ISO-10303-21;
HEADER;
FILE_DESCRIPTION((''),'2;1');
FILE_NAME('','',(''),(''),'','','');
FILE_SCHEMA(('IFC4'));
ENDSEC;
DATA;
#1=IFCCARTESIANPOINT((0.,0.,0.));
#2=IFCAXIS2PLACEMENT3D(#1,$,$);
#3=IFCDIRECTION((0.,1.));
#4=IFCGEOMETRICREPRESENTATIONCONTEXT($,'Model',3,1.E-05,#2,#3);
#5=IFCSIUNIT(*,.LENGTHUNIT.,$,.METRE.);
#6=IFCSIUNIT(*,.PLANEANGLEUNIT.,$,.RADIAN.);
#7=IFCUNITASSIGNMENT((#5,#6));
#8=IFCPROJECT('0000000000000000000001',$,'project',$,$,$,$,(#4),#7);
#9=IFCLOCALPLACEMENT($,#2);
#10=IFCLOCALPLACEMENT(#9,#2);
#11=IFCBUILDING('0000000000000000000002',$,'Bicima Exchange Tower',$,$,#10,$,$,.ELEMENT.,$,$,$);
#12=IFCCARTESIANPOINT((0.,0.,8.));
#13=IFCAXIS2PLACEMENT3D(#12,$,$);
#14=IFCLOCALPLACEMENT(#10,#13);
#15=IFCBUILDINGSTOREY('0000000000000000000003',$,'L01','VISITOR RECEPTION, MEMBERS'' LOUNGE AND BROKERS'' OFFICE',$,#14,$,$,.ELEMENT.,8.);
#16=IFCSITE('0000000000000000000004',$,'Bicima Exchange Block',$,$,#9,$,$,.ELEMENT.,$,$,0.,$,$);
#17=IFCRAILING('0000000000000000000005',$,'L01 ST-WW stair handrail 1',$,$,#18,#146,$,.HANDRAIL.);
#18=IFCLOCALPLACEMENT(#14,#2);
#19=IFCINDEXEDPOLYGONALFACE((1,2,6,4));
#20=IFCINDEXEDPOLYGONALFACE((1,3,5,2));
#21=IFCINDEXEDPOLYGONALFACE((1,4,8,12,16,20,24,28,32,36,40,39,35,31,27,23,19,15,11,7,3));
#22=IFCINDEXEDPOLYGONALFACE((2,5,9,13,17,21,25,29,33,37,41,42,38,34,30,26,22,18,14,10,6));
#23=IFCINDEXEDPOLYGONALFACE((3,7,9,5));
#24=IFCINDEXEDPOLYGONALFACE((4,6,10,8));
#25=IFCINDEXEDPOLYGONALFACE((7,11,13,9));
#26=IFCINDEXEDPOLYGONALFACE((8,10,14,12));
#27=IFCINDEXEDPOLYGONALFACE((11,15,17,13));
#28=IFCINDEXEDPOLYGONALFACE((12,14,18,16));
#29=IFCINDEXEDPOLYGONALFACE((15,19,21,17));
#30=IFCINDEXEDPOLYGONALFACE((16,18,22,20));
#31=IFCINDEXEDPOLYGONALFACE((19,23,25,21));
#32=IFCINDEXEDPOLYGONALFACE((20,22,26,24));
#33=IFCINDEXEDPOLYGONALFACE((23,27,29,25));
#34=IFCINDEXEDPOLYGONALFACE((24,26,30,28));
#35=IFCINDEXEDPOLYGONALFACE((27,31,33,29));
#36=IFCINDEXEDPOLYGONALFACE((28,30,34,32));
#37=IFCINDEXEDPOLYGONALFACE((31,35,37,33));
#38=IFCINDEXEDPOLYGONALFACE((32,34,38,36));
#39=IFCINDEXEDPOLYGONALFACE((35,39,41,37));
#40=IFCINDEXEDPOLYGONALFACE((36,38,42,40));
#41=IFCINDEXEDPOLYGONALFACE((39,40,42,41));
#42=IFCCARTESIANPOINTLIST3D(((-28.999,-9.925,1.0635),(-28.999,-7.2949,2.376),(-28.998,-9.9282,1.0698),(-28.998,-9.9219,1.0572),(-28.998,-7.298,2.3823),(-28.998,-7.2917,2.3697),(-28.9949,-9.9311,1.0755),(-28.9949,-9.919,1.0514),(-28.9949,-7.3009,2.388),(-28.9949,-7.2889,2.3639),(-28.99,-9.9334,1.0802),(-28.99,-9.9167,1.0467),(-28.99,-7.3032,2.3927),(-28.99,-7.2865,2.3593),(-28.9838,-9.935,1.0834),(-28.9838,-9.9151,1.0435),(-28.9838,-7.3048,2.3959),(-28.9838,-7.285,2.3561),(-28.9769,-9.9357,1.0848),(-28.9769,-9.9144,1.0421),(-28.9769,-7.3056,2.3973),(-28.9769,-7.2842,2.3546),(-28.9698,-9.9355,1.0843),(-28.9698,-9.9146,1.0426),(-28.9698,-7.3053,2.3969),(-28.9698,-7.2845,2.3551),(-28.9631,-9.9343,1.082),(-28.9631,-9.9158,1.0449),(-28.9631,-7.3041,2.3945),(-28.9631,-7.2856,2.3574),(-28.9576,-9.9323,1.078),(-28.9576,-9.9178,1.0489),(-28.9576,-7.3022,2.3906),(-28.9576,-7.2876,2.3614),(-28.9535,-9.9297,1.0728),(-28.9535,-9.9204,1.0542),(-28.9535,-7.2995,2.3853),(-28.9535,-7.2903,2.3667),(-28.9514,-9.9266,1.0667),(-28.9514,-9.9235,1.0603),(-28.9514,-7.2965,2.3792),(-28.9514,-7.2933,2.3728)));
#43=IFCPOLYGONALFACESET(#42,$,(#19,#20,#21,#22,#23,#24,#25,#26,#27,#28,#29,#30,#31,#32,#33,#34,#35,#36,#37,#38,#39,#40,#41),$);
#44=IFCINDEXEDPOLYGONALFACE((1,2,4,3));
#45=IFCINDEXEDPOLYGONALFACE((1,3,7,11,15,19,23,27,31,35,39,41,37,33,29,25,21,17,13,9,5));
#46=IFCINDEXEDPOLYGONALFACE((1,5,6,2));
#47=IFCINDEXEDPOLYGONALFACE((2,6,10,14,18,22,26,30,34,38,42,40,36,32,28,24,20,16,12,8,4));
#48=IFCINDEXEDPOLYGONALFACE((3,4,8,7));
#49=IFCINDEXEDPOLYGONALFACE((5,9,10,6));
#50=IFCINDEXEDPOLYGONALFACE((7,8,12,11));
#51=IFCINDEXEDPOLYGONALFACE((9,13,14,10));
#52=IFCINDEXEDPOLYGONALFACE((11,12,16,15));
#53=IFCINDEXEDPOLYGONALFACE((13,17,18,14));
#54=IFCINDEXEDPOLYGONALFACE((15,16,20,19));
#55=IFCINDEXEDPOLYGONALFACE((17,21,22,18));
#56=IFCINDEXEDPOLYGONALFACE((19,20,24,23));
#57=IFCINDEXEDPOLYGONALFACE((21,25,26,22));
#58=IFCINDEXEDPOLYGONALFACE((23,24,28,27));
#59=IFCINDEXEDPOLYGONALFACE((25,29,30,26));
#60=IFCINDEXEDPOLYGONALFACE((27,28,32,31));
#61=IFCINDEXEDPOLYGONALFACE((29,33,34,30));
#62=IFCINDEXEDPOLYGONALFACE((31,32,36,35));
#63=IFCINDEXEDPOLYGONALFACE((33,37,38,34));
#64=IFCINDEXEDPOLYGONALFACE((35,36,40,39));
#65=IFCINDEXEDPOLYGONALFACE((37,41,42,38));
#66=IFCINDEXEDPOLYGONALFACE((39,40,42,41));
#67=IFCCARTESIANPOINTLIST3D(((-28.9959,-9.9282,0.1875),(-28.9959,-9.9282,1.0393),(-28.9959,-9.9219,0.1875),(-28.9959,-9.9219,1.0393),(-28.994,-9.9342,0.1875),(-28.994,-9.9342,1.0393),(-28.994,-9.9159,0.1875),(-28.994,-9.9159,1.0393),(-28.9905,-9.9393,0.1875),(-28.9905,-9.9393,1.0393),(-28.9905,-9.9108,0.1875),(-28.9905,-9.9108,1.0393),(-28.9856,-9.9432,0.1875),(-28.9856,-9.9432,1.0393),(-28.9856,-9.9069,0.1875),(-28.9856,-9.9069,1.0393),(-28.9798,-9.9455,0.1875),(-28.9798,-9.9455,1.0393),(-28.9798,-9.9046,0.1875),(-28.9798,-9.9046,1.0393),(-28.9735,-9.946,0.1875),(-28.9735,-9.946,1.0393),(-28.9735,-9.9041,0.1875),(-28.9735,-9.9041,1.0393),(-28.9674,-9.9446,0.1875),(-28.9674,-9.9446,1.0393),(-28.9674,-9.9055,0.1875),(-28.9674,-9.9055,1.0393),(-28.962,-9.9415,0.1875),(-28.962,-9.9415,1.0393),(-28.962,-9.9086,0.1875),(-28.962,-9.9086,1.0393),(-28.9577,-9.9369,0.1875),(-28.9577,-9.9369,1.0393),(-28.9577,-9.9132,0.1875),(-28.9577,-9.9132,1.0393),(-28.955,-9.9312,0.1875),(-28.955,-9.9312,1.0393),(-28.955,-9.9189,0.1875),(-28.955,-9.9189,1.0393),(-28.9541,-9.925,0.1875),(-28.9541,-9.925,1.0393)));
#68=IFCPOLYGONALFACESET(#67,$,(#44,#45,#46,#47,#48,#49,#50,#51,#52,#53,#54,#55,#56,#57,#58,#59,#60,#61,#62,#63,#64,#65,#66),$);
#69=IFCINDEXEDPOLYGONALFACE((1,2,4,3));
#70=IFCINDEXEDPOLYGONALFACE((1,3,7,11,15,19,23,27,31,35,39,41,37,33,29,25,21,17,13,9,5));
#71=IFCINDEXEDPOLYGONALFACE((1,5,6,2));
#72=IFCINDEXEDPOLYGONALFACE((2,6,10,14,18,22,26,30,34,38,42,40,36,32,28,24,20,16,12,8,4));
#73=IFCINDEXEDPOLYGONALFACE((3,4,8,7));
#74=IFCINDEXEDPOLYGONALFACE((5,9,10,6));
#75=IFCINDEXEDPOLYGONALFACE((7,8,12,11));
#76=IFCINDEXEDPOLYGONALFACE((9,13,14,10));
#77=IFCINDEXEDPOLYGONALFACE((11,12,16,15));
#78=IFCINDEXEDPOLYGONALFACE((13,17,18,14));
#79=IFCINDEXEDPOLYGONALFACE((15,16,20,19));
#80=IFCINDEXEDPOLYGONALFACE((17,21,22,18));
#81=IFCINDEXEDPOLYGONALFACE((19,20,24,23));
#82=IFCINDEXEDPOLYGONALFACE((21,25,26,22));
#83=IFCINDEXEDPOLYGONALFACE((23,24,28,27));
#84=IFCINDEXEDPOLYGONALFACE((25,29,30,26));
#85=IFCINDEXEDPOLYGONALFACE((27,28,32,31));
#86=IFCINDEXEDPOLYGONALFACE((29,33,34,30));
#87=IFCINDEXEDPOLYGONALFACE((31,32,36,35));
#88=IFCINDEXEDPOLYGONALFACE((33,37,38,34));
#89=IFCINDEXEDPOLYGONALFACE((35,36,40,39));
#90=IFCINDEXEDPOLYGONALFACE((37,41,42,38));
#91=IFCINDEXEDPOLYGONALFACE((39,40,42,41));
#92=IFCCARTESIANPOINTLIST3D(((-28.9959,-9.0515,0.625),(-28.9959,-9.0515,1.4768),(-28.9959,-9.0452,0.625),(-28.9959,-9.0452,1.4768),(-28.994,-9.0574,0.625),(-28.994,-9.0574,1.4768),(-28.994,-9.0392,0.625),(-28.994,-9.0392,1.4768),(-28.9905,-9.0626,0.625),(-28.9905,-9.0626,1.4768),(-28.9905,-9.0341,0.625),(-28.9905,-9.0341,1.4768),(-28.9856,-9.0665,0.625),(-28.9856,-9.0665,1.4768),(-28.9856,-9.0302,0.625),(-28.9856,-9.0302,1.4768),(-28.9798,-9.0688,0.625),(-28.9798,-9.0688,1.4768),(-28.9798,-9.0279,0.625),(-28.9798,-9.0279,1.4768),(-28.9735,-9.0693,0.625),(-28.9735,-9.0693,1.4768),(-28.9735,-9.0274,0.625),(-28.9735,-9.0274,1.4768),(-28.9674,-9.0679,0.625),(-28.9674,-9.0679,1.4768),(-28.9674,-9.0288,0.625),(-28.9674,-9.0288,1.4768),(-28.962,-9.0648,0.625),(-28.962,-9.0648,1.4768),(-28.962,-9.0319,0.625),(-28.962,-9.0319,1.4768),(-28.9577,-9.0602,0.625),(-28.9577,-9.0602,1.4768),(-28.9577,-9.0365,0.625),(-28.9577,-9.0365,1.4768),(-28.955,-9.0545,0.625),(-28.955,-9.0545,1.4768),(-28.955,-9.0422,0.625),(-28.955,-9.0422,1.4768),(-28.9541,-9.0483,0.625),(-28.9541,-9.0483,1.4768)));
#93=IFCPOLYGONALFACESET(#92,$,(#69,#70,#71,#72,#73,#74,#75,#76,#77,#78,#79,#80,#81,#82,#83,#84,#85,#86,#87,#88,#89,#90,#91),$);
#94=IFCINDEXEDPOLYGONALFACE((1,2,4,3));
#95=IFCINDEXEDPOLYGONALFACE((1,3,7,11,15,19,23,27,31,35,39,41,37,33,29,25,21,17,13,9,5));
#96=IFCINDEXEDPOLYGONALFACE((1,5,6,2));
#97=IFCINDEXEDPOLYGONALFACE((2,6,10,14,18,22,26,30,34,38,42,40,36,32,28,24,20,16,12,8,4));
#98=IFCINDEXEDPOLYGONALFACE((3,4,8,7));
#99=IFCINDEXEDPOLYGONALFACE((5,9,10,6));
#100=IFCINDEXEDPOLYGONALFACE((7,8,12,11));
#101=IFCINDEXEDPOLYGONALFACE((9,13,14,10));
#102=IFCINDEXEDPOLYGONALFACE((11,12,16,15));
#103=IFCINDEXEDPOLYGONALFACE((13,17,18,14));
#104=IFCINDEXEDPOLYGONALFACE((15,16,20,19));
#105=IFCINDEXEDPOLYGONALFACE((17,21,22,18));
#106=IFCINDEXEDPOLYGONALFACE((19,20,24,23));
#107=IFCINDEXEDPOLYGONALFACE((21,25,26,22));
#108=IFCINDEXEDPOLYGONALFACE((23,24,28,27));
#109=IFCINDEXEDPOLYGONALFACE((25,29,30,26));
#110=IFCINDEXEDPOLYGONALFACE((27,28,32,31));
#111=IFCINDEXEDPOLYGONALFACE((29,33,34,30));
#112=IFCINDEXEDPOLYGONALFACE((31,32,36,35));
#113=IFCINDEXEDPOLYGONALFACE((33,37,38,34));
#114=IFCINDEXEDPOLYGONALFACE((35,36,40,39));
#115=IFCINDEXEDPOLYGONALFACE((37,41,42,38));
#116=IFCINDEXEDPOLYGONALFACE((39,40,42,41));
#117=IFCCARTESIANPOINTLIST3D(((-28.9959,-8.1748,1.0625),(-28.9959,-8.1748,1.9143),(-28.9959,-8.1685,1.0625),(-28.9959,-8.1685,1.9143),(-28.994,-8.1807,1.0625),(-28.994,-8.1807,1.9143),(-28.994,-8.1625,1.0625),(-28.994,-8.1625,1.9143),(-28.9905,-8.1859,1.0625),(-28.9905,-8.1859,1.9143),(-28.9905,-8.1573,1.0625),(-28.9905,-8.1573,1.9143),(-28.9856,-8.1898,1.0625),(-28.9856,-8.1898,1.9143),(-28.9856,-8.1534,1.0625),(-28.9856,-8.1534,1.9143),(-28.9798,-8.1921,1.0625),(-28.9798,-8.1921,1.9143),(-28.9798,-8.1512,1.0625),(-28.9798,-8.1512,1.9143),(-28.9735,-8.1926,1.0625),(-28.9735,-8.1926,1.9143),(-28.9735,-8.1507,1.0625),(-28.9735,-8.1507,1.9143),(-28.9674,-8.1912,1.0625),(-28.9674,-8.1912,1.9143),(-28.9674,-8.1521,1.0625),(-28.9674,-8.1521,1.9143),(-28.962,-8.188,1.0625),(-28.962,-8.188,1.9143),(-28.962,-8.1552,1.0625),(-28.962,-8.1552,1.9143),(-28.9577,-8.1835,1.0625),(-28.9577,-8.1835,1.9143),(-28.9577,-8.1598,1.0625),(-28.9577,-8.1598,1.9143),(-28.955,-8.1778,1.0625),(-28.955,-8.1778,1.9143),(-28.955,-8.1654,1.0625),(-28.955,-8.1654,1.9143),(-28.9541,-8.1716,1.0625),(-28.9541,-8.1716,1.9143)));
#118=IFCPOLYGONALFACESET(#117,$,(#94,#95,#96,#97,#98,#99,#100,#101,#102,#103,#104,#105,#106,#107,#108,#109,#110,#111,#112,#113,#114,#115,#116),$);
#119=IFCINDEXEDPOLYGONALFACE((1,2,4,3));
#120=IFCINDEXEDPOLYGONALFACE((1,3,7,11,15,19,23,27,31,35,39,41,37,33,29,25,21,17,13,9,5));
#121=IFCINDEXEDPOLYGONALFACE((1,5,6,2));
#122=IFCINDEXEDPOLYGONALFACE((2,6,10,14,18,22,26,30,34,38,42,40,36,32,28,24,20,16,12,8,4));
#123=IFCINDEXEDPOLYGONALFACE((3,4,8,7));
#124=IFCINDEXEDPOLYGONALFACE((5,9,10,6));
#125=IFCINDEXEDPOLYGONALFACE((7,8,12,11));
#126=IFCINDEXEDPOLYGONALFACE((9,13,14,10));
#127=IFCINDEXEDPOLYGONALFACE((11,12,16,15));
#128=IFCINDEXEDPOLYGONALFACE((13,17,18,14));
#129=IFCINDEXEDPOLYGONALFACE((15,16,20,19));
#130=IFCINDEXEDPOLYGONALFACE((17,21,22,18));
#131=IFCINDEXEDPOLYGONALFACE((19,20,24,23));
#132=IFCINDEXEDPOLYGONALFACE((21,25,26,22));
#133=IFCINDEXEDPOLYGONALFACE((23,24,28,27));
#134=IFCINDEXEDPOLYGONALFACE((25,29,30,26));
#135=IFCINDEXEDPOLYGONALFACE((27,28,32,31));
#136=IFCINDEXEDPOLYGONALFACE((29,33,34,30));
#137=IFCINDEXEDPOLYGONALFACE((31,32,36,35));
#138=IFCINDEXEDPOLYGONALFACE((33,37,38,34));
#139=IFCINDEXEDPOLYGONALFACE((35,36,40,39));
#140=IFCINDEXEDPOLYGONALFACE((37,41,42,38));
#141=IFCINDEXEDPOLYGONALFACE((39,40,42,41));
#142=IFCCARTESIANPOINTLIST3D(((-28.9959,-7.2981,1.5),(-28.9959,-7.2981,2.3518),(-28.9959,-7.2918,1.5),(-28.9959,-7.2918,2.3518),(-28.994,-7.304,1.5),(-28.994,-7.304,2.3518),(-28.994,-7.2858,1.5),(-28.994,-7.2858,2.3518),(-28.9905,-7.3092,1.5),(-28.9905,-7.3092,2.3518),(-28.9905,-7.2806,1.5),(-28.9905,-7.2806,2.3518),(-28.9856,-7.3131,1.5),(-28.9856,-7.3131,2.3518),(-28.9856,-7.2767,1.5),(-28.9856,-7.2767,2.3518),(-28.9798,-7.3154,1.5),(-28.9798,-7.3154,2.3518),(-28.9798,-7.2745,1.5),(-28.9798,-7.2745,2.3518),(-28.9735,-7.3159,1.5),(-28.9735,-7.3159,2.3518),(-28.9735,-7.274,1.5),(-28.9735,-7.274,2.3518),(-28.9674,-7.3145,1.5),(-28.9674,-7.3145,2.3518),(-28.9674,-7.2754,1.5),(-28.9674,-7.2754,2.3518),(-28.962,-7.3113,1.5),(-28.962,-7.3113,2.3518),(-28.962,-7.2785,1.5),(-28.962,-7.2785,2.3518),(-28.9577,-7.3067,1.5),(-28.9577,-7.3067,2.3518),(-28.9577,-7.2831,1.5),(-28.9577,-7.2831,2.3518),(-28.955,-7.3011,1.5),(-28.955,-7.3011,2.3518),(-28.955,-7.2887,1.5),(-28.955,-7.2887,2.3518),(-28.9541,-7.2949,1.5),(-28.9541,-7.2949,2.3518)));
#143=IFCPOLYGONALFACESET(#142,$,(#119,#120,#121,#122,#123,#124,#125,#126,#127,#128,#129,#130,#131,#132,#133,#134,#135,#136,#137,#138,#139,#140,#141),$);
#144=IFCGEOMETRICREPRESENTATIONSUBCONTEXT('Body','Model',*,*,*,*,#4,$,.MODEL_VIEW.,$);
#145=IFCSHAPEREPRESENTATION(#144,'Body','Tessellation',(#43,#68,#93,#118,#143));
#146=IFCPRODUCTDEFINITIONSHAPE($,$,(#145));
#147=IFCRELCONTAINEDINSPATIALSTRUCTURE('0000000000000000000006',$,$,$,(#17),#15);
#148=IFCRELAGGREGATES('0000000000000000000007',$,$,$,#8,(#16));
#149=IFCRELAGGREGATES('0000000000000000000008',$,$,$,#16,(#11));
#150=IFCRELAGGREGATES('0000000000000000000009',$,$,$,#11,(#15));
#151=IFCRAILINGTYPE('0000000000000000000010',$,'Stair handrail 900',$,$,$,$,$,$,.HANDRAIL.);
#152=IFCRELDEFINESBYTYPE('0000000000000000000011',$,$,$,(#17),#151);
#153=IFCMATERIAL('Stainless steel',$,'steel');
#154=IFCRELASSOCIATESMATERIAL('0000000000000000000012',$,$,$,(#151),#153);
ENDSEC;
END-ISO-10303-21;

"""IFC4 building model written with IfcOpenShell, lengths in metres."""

from ifc_helpers import new_model, si_unit, direction, frame, origin, origin_2d, place, context, subcontext, project, spatial, circle, extrude, material, type_object, element, save


model = new_model("IFC4")

# Units and contexts
model_context = context("Model", 3, precision=1e-05, world=origin(), true_north=direction((0.0, 1.0)))
body_context = subcontext(model_context, "Body", "Model", "MODEL_VIEW")
ifc_project = project(units=[si_unit("LENGTHUNIT", "METRE"), si_unit("PLANEANGLEUNIT", "RADIAN")], contexts=[model_context])

# Site, building, storey
site_placement = place(None, origin())
site = spatial("IfcSite", under=ifc_project, at=site_placement, Name="Bicima Exchange Block", CompositionType="ELEMENT", RefElevation=0.0)
building_placement = place(site_placement, origin())
building = spatial("IfcBuilding", under=site, at=building_placement, Name="Bicima Exchange Tower", CompositionType="ELEMENT")
storey_placement = place(building_placement, frame((0.0, 0.0, 8.0)))
storey = spatial("IfcBuildingStorey", under=building, at=storey_placement, Name="L01", Description="VISITOR RECEPTION, MEMBERS' LOUNGE AND BROKERS' OFFICE", CompositionType="ELEMENT", Elevation=8.0)

# Railing
ifc_material_1 = material(Name="Stainless steel", Category="steel")
railing_type_1 = type_object("IfcRailingType", Name="Stair handrail 900", PredefinedType="HANDRAIL", material=ifc_material_1)
railing_1_placement = place(storey_placement, frame((-28.9751, -9.925, 0.1875)))
element("IfcRailing", 1, at=railing_1_placement, inside=storey, type_object=railing_type_1, Name="L01 ST-WW stair handrail 1", PredefinedType="HANDRAIL", context=body_context, shape_type="SweptSolid", body=[
    extrude(circle(Radius=0.0239, at=origin_2d()), frame((0.0, 0.0, 0.876), z_axis=(0.0, 0.894776, 0.446516), x_axis=(-1.0, 0.0, 0.0)), (0.0, 0.0, 1.0), 2.9395),
    extrude(circle(Radius=0.021, at=origin_2d()), origin(), (0.0, 0.0, 1.0), 0.8518),
    extrude(circle(Radius=0.021, at=origin_2d()), frame((0.0, 0.8767, 0.4375)), (0.0, 0.0, 1.0), 0.8518),
    extrude(circle(Radius=0.021, at=origin_2d()), frame((0.0, 1.7534, 0.875)), (0.0, 0.0, 1.0), 0.8518),
    extrude(circle(Radius=0.021, at=origin_2d()), frame((0.0, 2.6301, 1.3125)), (0.0, 0.0, 1.0), 0.8518),
])

save(model, "model.ifc")
